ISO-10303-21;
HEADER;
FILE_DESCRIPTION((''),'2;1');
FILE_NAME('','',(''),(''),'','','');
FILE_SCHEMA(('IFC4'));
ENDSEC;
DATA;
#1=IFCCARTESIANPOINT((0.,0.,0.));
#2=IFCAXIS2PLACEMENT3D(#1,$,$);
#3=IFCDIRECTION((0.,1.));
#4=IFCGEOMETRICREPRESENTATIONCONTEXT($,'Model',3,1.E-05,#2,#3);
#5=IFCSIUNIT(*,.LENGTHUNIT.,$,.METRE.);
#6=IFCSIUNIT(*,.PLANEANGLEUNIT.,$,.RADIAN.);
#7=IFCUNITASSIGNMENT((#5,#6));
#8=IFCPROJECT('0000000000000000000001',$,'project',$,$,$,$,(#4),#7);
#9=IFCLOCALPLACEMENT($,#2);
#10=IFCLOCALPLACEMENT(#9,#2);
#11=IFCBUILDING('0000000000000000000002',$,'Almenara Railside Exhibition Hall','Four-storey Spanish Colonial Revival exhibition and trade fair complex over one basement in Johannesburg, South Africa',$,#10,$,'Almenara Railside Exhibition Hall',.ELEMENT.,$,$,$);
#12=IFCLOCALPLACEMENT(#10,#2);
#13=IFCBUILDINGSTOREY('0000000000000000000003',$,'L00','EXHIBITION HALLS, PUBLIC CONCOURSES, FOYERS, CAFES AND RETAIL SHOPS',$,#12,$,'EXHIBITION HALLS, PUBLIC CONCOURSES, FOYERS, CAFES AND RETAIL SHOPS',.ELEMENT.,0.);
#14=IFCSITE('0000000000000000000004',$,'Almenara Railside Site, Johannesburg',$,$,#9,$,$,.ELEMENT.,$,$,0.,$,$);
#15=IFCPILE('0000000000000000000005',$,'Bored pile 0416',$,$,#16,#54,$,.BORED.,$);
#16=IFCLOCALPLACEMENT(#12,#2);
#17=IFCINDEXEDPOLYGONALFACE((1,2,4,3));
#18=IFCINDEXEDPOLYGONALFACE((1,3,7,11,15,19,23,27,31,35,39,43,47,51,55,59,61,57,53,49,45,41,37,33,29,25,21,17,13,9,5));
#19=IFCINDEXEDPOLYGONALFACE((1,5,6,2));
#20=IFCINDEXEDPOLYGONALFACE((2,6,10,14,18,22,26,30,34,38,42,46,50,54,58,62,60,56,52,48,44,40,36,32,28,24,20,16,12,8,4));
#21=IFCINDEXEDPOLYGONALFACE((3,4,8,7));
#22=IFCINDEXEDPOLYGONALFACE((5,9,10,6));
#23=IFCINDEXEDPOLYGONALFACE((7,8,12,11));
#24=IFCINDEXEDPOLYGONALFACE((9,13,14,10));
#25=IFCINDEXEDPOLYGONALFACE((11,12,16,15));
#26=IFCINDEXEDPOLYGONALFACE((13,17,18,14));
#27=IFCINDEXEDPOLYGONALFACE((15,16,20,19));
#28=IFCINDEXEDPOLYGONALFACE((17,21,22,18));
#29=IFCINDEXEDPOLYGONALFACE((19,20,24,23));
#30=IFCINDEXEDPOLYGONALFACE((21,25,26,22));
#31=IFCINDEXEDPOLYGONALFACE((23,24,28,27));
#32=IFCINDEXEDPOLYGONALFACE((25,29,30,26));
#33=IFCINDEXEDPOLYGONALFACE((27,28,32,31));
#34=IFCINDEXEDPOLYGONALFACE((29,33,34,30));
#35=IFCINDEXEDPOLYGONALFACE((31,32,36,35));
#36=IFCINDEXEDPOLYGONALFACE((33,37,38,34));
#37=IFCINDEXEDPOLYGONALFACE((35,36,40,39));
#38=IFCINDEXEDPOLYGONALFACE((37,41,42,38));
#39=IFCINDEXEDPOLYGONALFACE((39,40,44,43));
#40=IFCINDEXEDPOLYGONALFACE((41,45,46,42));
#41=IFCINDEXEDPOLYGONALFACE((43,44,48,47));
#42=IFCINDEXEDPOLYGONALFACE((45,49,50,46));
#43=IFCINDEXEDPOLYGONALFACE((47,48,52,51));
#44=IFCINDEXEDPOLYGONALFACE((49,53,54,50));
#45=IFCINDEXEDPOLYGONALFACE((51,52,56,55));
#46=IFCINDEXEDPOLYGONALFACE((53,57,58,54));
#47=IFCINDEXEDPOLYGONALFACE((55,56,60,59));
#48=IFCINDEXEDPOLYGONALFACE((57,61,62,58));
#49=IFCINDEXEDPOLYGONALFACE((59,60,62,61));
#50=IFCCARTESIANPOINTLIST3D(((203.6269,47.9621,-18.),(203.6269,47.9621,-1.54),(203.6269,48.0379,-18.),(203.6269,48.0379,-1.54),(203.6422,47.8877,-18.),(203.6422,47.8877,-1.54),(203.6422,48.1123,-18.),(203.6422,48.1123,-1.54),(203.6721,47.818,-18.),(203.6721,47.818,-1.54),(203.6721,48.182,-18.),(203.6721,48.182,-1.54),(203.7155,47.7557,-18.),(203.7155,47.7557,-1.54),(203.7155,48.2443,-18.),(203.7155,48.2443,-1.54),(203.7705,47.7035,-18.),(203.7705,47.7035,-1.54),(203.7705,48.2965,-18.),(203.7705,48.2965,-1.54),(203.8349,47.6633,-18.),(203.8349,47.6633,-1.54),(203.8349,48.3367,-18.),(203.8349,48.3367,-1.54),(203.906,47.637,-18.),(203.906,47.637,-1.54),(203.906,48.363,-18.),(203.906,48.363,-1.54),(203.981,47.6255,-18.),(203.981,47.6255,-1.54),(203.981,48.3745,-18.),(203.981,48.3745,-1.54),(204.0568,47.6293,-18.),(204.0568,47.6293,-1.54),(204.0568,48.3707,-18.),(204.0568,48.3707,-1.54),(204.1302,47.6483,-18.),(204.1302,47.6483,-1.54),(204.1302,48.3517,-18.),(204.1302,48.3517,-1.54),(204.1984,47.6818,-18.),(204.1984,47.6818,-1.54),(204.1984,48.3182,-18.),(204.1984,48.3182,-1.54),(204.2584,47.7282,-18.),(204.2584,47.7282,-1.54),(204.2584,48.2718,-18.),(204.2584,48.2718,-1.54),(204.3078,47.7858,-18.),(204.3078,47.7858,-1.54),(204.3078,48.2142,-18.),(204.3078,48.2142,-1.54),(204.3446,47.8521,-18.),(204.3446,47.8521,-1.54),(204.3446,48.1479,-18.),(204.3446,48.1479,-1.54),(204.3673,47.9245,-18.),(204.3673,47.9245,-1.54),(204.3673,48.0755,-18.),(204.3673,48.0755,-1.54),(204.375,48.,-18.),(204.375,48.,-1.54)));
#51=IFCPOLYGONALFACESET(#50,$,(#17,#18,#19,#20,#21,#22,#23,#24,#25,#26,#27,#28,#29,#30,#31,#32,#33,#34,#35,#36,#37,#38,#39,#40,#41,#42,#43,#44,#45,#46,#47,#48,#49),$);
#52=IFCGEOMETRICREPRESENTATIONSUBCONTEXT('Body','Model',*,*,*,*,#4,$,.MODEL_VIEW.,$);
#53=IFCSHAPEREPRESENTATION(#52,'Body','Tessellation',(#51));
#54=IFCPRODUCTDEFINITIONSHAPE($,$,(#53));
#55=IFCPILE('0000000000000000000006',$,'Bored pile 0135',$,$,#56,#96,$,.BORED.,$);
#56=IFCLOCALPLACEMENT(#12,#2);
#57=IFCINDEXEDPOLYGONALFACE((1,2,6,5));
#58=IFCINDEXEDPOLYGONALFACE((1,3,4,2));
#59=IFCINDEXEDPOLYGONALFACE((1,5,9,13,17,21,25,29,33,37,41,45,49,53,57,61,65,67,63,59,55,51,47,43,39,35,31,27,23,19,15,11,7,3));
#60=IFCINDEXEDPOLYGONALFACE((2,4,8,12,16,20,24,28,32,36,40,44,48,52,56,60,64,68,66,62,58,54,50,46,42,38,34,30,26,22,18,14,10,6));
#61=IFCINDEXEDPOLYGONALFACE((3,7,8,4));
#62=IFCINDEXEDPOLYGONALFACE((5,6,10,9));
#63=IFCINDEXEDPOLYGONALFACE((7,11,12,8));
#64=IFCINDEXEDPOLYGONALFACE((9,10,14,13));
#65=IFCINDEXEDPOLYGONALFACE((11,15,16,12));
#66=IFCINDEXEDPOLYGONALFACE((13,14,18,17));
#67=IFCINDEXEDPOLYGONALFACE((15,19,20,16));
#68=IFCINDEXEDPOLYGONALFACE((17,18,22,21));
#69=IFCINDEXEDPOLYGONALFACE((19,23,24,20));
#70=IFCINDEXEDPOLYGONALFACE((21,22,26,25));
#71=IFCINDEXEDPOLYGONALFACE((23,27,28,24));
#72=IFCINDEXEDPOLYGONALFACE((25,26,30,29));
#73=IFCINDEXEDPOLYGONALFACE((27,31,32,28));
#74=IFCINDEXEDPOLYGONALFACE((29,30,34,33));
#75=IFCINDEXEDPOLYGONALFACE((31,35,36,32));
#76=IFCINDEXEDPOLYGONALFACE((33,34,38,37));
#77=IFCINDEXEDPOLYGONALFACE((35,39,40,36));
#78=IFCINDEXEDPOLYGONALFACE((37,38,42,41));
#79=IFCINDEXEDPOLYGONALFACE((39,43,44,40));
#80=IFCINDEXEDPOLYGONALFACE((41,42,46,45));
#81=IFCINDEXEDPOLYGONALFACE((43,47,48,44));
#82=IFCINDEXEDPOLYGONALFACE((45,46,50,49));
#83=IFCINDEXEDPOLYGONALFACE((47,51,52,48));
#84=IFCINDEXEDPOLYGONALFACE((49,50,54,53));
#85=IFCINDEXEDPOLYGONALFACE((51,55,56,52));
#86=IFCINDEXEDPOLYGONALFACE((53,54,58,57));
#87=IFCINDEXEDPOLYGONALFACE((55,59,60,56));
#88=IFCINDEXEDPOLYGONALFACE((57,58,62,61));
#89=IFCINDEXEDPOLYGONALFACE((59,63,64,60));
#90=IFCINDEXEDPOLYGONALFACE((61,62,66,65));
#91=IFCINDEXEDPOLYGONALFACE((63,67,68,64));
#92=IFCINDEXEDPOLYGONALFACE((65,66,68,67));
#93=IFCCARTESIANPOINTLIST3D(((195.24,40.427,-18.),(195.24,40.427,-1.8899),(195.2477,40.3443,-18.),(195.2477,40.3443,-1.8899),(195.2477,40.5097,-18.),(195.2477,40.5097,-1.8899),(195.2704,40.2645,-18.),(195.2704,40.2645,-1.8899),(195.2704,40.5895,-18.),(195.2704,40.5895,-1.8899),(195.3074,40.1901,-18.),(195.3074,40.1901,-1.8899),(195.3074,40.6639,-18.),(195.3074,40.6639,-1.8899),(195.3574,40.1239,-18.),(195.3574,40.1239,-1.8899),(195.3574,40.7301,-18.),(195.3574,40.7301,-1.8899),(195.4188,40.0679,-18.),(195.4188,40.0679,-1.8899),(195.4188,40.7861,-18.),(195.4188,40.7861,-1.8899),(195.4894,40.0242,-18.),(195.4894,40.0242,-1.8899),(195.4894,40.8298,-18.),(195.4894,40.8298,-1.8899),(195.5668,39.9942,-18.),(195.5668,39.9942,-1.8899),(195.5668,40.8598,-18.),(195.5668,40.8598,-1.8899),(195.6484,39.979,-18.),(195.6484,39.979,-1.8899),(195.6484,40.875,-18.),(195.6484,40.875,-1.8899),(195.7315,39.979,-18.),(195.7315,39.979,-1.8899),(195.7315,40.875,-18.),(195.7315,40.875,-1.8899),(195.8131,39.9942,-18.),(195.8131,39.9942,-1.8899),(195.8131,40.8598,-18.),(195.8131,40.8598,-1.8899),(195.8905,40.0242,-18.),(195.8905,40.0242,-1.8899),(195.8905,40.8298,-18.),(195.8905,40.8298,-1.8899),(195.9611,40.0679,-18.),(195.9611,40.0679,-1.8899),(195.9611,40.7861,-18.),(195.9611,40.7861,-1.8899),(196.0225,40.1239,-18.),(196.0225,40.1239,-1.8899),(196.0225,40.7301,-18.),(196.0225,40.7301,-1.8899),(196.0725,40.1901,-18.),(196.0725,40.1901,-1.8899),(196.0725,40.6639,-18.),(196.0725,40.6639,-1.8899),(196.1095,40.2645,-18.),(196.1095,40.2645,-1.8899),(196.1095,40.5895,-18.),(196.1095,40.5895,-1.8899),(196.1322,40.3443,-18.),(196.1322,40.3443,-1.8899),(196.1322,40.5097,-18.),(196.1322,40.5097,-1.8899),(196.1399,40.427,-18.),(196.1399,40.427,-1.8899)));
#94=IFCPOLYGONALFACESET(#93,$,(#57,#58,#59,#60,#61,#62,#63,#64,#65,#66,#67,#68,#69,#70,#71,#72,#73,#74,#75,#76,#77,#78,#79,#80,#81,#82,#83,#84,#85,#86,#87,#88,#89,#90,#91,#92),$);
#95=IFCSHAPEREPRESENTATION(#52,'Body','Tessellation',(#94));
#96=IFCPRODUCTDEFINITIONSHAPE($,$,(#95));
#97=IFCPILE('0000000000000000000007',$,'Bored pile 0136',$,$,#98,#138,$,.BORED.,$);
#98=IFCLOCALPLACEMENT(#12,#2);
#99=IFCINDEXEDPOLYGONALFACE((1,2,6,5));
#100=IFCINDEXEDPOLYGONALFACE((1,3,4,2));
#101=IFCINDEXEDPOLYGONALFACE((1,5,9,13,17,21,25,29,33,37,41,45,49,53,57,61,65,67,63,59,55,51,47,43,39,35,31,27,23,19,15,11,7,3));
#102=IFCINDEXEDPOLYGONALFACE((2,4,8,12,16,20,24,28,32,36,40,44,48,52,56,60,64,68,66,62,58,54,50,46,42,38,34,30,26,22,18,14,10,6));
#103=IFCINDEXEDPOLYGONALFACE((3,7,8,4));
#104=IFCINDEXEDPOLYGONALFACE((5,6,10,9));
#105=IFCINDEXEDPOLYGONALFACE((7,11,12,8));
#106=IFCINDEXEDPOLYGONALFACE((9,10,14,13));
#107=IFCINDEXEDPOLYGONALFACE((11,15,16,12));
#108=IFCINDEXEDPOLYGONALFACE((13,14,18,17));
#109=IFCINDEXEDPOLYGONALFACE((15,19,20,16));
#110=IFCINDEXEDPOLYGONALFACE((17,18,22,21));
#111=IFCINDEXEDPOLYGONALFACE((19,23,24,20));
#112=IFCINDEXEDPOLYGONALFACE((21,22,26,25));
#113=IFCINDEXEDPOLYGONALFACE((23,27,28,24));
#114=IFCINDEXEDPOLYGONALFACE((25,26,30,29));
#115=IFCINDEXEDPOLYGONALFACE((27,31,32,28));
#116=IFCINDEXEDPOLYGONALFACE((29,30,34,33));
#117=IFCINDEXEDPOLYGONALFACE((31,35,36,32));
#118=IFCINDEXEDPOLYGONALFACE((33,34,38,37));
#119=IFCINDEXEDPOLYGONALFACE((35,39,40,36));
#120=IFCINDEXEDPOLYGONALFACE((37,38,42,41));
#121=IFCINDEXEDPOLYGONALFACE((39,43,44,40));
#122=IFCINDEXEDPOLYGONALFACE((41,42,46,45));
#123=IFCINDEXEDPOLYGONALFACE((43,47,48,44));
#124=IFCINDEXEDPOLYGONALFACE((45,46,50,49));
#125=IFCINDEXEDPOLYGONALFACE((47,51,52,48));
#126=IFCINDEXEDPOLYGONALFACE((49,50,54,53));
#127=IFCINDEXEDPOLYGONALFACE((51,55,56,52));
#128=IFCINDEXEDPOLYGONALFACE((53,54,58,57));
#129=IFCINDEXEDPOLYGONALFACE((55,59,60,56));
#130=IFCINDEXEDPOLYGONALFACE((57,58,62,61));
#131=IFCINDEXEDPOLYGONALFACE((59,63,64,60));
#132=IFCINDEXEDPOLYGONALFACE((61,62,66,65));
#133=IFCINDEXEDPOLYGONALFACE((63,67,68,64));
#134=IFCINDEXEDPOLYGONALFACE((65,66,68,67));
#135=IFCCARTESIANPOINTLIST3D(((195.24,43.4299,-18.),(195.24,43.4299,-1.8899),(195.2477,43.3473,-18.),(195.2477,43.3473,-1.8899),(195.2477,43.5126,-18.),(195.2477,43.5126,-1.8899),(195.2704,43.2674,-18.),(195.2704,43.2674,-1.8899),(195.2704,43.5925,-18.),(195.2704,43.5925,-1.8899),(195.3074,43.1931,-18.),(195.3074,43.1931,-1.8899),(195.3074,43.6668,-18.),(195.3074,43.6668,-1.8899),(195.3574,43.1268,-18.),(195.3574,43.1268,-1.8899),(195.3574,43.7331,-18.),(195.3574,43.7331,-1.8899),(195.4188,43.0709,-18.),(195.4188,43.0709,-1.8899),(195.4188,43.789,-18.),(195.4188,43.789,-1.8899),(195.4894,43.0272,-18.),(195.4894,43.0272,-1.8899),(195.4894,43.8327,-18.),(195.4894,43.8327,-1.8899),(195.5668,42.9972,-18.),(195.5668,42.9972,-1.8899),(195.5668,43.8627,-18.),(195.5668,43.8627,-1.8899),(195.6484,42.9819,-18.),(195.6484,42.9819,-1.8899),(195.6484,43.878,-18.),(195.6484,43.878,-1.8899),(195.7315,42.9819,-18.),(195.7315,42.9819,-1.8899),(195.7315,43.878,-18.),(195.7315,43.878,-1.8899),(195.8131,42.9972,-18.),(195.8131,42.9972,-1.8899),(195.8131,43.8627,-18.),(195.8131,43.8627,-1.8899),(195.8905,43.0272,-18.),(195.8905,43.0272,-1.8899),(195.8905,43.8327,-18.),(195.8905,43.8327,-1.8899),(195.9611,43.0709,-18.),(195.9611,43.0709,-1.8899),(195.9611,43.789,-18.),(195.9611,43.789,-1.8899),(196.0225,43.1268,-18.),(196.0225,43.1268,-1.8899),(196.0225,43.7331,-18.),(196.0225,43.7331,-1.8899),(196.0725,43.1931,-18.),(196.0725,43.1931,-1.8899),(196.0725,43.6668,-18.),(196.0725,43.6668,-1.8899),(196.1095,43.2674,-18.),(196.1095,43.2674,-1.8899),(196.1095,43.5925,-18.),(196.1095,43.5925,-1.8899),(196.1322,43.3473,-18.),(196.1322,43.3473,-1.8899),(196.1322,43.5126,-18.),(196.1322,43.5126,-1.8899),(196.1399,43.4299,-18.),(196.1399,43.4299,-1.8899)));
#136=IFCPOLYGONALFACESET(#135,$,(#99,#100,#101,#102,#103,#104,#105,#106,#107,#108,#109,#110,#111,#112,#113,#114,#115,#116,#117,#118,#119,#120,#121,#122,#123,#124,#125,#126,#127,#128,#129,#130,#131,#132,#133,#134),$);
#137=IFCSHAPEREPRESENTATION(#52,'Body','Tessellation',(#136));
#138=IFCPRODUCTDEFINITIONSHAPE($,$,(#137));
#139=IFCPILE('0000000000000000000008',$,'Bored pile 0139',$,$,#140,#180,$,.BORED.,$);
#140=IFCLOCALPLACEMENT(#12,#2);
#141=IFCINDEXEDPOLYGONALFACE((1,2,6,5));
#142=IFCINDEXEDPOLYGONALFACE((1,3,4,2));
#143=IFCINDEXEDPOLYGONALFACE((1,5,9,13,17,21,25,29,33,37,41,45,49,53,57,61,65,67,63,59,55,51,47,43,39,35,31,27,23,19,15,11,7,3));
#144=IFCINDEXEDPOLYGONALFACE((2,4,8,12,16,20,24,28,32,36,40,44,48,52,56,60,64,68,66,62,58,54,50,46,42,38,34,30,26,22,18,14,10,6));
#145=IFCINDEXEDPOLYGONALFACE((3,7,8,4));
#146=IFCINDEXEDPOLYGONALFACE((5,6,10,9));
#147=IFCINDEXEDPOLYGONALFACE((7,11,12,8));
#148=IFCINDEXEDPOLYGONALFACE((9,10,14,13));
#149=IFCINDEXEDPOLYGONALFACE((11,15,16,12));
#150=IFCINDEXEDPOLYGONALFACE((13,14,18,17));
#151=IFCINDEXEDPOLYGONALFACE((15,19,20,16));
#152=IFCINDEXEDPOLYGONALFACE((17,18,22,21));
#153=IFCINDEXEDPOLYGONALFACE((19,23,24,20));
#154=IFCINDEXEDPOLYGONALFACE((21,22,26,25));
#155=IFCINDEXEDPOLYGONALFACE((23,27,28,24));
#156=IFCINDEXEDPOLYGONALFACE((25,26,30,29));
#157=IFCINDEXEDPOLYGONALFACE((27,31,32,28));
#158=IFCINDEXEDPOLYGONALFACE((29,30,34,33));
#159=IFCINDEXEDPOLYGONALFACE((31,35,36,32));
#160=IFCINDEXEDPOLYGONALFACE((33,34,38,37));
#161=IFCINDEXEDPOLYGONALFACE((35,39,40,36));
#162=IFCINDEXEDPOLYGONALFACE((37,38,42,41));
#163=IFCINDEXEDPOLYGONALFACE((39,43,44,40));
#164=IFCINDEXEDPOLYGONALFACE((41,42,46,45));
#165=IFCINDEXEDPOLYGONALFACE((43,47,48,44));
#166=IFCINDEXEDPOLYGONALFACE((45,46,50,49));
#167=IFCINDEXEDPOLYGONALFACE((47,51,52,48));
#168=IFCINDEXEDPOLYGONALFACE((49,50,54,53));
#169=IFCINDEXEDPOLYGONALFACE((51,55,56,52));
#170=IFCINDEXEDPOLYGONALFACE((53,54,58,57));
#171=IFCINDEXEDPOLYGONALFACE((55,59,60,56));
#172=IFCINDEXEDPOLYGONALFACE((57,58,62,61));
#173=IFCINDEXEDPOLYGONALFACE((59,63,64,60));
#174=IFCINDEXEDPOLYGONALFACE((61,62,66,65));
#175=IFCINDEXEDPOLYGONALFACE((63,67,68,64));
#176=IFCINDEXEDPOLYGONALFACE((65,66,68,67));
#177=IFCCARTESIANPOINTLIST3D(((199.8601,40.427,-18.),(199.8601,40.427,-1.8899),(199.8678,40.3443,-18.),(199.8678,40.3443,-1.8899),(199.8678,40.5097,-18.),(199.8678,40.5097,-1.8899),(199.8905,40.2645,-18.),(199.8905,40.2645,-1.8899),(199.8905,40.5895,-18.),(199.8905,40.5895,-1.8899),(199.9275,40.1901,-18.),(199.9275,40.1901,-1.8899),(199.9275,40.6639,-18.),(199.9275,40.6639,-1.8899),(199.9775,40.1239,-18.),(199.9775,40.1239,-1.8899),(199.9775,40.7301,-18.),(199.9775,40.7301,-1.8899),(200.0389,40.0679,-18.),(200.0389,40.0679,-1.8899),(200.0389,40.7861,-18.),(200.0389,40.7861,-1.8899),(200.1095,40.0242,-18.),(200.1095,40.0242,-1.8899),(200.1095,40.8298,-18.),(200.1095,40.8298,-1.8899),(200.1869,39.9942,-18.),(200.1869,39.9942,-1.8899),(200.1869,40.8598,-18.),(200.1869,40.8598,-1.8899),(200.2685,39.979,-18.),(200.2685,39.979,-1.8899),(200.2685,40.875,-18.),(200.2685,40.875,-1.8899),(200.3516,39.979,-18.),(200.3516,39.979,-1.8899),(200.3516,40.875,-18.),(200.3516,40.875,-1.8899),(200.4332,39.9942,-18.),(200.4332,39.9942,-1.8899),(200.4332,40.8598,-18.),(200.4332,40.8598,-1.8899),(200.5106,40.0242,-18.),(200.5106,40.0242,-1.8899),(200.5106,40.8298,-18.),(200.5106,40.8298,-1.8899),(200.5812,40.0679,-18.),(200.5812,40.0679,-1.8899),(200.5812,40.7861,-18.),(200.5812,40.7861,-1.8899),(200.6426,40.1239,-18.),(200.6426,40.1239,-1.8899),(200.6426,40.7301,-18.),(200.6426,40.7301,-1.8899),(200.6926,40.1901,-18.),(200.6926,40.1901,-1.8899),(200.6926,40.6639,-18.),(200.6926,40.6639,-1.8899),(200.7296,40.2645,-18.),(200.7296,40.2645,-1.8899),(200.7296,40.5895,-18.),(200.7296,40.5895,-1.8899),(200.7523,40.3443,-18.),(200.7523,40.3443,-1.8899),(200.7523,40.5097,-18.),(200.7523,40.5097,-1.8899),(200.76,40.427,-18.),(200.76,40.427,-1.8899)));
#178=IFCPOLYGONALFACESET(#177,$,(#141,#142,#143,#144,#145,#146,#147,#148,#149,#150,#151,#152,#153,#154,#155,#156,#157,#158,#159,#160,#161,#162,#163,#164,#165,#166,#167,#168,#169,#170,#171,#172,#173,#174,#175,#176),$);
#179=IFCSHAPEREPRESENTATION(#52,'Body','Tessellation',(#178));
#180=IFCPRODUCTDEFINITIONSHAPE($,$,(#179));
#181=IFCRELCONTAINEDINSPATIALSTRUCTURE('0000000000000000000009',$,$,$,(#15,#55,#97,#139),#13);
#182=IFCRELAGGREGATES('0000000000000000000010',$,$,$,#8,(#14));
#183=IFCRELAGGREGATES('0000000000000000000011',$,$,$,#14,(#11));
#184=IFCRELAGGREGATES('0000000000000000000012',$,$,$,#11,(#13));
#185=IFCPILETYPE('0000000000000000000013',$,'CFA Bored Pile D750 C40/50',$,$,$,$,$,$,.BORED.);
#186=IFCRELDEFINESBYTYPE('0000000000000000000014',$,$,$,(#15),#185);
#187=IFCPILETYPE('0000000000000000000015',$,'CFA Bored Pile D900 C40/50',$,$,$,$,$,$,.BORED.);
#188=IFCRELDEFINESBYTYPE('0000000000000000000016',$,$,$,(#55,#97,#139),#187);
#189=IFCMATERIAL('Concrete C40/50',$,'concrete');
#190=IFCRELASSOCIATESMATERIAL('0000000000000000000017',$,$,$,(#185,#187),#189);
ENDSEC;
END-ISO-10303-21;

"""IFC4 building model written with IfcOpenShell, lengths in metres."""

from ifc_helpers import new_model, si_unit, direction, frame, origin, origin_2d, place, context, subcontext, project, spatial, circle, extrude, material, material_profile, profile_set, type_object, element, save


model = new_model("IFC4")

# Units and contexts
model_context = context("Model", 3, precision=1e-05, world=origin(), true_north=direction((0.0, 1.0)))
body_context = subcontext(model_context, "Body", "Model", "MODEL_VIEW")
ifc_project = project(units=[si_unit("LENGTHUNIT", "METRE"), si_unit("PLANEANGLEUNIT", "RADIAN")], contexts=[model_context])

# Site, building, storey
site_placement = place(None, origin())
site = spatial("IfcSite", under=ifc_project, at=site_placement, Name="Almenara Railside Site, Johannesburg", CompositionType="ELEMENT", RefElevation=0.0)
building_placement = place(site_placement, origin())
building = spatial("IfcBuilding", under=site, at=building_placement, Name="Almenara Railside Exhibition Hall", Description="Four-storey Spanish Colonial Revival exhibition and trade fair complex over one basement in Johannesburg, South Africa", LongName="Almenara Railside Exhibition Hall", CompositionType="ELEMENT")
storey_placement = place(building_placement, origin())
storey = spatial("IfcBuildingStorey", under=building, at=storey_placement, Name="L00", Description="EXHIBITION HALLS, PUBLIC CONCOURSES, FOYERS, CAFES AND RETAIL SHOPS", LongName="EXHIBITION HALLS, PUBLIC CONCOURSES, FOYERS, CAFES AND RETAIL SHOPS", CompositionType="ELEMENT", Elevation=0.0)

# Piles
ifc_material_1 = material(Name="Concrete C40/50", Category="concrete")
ifc_material_profile_1 = material_profile(ifc_material_1, circle(Radius=0.375, at=origin_2d()), Name="CFA-PILE D750")
ifc_profile_set_1 = profile_set([ifc_material_profile_1], Name="Concrete C40/50")
pile_type_1 = type_object("IfcPileType", Name="CFA Bored Pile D750 C40/50", PredefinedType="BORED", material=ifc_profile_set_1)
pile_1_placement = place(storey_placement, frame((204.0, 48.0, -1.54), z_axis=(0.0, 0.0, -1.0), x_axis=(1.0, 0.0, 0.0)))
element("IfcPile", 1, at=pile_1_placement, inside=storey, type_object=pile_type_1, Name="Bored pile 0416", PredefinedType="BORED", context=body_context, shape_type="SweptSolid", body=[
    extrude(circle(Radius=0.375, at=origin_2d()), origin(), (0.0, 0.0, 1.0), 16.46),
])
ifc_material_profile_2 = material_profile(ifc_material_1, circle(Radius=0.45, at=origin_2d()), Name="CFA-PILE D900")
ifc_profile_set_2 = profile_set([ifc_material_profile_2], Name="Concrete C40/50")
pile_type_2 = type_object("IfcPileType", Name="CFA Bored Pile D900 C40/50", PredefinedType="BORED", material=ifc_profile_set_2)
for number, where, z_axis, x_axis, name in (
    (2, (195.6899, 40.427, -1.8899), (0.0, 0.0, -1.0), (1.0, 0.0, 0.0), "Bored pile 0135"),
    (3, (195.6899, 43.4299, -1.8899), (0.0, 0.0, -1.0), (1.0, 0.0, 0.0), "Bored pile 0136"),
    (4, (200.3101, 40.427, -1.8899), (0.0, 0.0, -1.0), (1.0, 0.0, 0.0), "Bored pile 0139"),
):
    element("IfcPile", number, at=place(storey_placement, frame(where, z_axis=z_axis, x_axis=x_axis)), inside=storey, type_object=pile_type_2, Name=name, PredefinedType="BORED", context=body_context, shape_type="SweptSolid", body=[
        extrude(circle(Radius=0.45, at=origin_2d()), origin(), (0.0, 0.0, 1.0), 16.1101),
    ])

save(model, "model.ifc")
